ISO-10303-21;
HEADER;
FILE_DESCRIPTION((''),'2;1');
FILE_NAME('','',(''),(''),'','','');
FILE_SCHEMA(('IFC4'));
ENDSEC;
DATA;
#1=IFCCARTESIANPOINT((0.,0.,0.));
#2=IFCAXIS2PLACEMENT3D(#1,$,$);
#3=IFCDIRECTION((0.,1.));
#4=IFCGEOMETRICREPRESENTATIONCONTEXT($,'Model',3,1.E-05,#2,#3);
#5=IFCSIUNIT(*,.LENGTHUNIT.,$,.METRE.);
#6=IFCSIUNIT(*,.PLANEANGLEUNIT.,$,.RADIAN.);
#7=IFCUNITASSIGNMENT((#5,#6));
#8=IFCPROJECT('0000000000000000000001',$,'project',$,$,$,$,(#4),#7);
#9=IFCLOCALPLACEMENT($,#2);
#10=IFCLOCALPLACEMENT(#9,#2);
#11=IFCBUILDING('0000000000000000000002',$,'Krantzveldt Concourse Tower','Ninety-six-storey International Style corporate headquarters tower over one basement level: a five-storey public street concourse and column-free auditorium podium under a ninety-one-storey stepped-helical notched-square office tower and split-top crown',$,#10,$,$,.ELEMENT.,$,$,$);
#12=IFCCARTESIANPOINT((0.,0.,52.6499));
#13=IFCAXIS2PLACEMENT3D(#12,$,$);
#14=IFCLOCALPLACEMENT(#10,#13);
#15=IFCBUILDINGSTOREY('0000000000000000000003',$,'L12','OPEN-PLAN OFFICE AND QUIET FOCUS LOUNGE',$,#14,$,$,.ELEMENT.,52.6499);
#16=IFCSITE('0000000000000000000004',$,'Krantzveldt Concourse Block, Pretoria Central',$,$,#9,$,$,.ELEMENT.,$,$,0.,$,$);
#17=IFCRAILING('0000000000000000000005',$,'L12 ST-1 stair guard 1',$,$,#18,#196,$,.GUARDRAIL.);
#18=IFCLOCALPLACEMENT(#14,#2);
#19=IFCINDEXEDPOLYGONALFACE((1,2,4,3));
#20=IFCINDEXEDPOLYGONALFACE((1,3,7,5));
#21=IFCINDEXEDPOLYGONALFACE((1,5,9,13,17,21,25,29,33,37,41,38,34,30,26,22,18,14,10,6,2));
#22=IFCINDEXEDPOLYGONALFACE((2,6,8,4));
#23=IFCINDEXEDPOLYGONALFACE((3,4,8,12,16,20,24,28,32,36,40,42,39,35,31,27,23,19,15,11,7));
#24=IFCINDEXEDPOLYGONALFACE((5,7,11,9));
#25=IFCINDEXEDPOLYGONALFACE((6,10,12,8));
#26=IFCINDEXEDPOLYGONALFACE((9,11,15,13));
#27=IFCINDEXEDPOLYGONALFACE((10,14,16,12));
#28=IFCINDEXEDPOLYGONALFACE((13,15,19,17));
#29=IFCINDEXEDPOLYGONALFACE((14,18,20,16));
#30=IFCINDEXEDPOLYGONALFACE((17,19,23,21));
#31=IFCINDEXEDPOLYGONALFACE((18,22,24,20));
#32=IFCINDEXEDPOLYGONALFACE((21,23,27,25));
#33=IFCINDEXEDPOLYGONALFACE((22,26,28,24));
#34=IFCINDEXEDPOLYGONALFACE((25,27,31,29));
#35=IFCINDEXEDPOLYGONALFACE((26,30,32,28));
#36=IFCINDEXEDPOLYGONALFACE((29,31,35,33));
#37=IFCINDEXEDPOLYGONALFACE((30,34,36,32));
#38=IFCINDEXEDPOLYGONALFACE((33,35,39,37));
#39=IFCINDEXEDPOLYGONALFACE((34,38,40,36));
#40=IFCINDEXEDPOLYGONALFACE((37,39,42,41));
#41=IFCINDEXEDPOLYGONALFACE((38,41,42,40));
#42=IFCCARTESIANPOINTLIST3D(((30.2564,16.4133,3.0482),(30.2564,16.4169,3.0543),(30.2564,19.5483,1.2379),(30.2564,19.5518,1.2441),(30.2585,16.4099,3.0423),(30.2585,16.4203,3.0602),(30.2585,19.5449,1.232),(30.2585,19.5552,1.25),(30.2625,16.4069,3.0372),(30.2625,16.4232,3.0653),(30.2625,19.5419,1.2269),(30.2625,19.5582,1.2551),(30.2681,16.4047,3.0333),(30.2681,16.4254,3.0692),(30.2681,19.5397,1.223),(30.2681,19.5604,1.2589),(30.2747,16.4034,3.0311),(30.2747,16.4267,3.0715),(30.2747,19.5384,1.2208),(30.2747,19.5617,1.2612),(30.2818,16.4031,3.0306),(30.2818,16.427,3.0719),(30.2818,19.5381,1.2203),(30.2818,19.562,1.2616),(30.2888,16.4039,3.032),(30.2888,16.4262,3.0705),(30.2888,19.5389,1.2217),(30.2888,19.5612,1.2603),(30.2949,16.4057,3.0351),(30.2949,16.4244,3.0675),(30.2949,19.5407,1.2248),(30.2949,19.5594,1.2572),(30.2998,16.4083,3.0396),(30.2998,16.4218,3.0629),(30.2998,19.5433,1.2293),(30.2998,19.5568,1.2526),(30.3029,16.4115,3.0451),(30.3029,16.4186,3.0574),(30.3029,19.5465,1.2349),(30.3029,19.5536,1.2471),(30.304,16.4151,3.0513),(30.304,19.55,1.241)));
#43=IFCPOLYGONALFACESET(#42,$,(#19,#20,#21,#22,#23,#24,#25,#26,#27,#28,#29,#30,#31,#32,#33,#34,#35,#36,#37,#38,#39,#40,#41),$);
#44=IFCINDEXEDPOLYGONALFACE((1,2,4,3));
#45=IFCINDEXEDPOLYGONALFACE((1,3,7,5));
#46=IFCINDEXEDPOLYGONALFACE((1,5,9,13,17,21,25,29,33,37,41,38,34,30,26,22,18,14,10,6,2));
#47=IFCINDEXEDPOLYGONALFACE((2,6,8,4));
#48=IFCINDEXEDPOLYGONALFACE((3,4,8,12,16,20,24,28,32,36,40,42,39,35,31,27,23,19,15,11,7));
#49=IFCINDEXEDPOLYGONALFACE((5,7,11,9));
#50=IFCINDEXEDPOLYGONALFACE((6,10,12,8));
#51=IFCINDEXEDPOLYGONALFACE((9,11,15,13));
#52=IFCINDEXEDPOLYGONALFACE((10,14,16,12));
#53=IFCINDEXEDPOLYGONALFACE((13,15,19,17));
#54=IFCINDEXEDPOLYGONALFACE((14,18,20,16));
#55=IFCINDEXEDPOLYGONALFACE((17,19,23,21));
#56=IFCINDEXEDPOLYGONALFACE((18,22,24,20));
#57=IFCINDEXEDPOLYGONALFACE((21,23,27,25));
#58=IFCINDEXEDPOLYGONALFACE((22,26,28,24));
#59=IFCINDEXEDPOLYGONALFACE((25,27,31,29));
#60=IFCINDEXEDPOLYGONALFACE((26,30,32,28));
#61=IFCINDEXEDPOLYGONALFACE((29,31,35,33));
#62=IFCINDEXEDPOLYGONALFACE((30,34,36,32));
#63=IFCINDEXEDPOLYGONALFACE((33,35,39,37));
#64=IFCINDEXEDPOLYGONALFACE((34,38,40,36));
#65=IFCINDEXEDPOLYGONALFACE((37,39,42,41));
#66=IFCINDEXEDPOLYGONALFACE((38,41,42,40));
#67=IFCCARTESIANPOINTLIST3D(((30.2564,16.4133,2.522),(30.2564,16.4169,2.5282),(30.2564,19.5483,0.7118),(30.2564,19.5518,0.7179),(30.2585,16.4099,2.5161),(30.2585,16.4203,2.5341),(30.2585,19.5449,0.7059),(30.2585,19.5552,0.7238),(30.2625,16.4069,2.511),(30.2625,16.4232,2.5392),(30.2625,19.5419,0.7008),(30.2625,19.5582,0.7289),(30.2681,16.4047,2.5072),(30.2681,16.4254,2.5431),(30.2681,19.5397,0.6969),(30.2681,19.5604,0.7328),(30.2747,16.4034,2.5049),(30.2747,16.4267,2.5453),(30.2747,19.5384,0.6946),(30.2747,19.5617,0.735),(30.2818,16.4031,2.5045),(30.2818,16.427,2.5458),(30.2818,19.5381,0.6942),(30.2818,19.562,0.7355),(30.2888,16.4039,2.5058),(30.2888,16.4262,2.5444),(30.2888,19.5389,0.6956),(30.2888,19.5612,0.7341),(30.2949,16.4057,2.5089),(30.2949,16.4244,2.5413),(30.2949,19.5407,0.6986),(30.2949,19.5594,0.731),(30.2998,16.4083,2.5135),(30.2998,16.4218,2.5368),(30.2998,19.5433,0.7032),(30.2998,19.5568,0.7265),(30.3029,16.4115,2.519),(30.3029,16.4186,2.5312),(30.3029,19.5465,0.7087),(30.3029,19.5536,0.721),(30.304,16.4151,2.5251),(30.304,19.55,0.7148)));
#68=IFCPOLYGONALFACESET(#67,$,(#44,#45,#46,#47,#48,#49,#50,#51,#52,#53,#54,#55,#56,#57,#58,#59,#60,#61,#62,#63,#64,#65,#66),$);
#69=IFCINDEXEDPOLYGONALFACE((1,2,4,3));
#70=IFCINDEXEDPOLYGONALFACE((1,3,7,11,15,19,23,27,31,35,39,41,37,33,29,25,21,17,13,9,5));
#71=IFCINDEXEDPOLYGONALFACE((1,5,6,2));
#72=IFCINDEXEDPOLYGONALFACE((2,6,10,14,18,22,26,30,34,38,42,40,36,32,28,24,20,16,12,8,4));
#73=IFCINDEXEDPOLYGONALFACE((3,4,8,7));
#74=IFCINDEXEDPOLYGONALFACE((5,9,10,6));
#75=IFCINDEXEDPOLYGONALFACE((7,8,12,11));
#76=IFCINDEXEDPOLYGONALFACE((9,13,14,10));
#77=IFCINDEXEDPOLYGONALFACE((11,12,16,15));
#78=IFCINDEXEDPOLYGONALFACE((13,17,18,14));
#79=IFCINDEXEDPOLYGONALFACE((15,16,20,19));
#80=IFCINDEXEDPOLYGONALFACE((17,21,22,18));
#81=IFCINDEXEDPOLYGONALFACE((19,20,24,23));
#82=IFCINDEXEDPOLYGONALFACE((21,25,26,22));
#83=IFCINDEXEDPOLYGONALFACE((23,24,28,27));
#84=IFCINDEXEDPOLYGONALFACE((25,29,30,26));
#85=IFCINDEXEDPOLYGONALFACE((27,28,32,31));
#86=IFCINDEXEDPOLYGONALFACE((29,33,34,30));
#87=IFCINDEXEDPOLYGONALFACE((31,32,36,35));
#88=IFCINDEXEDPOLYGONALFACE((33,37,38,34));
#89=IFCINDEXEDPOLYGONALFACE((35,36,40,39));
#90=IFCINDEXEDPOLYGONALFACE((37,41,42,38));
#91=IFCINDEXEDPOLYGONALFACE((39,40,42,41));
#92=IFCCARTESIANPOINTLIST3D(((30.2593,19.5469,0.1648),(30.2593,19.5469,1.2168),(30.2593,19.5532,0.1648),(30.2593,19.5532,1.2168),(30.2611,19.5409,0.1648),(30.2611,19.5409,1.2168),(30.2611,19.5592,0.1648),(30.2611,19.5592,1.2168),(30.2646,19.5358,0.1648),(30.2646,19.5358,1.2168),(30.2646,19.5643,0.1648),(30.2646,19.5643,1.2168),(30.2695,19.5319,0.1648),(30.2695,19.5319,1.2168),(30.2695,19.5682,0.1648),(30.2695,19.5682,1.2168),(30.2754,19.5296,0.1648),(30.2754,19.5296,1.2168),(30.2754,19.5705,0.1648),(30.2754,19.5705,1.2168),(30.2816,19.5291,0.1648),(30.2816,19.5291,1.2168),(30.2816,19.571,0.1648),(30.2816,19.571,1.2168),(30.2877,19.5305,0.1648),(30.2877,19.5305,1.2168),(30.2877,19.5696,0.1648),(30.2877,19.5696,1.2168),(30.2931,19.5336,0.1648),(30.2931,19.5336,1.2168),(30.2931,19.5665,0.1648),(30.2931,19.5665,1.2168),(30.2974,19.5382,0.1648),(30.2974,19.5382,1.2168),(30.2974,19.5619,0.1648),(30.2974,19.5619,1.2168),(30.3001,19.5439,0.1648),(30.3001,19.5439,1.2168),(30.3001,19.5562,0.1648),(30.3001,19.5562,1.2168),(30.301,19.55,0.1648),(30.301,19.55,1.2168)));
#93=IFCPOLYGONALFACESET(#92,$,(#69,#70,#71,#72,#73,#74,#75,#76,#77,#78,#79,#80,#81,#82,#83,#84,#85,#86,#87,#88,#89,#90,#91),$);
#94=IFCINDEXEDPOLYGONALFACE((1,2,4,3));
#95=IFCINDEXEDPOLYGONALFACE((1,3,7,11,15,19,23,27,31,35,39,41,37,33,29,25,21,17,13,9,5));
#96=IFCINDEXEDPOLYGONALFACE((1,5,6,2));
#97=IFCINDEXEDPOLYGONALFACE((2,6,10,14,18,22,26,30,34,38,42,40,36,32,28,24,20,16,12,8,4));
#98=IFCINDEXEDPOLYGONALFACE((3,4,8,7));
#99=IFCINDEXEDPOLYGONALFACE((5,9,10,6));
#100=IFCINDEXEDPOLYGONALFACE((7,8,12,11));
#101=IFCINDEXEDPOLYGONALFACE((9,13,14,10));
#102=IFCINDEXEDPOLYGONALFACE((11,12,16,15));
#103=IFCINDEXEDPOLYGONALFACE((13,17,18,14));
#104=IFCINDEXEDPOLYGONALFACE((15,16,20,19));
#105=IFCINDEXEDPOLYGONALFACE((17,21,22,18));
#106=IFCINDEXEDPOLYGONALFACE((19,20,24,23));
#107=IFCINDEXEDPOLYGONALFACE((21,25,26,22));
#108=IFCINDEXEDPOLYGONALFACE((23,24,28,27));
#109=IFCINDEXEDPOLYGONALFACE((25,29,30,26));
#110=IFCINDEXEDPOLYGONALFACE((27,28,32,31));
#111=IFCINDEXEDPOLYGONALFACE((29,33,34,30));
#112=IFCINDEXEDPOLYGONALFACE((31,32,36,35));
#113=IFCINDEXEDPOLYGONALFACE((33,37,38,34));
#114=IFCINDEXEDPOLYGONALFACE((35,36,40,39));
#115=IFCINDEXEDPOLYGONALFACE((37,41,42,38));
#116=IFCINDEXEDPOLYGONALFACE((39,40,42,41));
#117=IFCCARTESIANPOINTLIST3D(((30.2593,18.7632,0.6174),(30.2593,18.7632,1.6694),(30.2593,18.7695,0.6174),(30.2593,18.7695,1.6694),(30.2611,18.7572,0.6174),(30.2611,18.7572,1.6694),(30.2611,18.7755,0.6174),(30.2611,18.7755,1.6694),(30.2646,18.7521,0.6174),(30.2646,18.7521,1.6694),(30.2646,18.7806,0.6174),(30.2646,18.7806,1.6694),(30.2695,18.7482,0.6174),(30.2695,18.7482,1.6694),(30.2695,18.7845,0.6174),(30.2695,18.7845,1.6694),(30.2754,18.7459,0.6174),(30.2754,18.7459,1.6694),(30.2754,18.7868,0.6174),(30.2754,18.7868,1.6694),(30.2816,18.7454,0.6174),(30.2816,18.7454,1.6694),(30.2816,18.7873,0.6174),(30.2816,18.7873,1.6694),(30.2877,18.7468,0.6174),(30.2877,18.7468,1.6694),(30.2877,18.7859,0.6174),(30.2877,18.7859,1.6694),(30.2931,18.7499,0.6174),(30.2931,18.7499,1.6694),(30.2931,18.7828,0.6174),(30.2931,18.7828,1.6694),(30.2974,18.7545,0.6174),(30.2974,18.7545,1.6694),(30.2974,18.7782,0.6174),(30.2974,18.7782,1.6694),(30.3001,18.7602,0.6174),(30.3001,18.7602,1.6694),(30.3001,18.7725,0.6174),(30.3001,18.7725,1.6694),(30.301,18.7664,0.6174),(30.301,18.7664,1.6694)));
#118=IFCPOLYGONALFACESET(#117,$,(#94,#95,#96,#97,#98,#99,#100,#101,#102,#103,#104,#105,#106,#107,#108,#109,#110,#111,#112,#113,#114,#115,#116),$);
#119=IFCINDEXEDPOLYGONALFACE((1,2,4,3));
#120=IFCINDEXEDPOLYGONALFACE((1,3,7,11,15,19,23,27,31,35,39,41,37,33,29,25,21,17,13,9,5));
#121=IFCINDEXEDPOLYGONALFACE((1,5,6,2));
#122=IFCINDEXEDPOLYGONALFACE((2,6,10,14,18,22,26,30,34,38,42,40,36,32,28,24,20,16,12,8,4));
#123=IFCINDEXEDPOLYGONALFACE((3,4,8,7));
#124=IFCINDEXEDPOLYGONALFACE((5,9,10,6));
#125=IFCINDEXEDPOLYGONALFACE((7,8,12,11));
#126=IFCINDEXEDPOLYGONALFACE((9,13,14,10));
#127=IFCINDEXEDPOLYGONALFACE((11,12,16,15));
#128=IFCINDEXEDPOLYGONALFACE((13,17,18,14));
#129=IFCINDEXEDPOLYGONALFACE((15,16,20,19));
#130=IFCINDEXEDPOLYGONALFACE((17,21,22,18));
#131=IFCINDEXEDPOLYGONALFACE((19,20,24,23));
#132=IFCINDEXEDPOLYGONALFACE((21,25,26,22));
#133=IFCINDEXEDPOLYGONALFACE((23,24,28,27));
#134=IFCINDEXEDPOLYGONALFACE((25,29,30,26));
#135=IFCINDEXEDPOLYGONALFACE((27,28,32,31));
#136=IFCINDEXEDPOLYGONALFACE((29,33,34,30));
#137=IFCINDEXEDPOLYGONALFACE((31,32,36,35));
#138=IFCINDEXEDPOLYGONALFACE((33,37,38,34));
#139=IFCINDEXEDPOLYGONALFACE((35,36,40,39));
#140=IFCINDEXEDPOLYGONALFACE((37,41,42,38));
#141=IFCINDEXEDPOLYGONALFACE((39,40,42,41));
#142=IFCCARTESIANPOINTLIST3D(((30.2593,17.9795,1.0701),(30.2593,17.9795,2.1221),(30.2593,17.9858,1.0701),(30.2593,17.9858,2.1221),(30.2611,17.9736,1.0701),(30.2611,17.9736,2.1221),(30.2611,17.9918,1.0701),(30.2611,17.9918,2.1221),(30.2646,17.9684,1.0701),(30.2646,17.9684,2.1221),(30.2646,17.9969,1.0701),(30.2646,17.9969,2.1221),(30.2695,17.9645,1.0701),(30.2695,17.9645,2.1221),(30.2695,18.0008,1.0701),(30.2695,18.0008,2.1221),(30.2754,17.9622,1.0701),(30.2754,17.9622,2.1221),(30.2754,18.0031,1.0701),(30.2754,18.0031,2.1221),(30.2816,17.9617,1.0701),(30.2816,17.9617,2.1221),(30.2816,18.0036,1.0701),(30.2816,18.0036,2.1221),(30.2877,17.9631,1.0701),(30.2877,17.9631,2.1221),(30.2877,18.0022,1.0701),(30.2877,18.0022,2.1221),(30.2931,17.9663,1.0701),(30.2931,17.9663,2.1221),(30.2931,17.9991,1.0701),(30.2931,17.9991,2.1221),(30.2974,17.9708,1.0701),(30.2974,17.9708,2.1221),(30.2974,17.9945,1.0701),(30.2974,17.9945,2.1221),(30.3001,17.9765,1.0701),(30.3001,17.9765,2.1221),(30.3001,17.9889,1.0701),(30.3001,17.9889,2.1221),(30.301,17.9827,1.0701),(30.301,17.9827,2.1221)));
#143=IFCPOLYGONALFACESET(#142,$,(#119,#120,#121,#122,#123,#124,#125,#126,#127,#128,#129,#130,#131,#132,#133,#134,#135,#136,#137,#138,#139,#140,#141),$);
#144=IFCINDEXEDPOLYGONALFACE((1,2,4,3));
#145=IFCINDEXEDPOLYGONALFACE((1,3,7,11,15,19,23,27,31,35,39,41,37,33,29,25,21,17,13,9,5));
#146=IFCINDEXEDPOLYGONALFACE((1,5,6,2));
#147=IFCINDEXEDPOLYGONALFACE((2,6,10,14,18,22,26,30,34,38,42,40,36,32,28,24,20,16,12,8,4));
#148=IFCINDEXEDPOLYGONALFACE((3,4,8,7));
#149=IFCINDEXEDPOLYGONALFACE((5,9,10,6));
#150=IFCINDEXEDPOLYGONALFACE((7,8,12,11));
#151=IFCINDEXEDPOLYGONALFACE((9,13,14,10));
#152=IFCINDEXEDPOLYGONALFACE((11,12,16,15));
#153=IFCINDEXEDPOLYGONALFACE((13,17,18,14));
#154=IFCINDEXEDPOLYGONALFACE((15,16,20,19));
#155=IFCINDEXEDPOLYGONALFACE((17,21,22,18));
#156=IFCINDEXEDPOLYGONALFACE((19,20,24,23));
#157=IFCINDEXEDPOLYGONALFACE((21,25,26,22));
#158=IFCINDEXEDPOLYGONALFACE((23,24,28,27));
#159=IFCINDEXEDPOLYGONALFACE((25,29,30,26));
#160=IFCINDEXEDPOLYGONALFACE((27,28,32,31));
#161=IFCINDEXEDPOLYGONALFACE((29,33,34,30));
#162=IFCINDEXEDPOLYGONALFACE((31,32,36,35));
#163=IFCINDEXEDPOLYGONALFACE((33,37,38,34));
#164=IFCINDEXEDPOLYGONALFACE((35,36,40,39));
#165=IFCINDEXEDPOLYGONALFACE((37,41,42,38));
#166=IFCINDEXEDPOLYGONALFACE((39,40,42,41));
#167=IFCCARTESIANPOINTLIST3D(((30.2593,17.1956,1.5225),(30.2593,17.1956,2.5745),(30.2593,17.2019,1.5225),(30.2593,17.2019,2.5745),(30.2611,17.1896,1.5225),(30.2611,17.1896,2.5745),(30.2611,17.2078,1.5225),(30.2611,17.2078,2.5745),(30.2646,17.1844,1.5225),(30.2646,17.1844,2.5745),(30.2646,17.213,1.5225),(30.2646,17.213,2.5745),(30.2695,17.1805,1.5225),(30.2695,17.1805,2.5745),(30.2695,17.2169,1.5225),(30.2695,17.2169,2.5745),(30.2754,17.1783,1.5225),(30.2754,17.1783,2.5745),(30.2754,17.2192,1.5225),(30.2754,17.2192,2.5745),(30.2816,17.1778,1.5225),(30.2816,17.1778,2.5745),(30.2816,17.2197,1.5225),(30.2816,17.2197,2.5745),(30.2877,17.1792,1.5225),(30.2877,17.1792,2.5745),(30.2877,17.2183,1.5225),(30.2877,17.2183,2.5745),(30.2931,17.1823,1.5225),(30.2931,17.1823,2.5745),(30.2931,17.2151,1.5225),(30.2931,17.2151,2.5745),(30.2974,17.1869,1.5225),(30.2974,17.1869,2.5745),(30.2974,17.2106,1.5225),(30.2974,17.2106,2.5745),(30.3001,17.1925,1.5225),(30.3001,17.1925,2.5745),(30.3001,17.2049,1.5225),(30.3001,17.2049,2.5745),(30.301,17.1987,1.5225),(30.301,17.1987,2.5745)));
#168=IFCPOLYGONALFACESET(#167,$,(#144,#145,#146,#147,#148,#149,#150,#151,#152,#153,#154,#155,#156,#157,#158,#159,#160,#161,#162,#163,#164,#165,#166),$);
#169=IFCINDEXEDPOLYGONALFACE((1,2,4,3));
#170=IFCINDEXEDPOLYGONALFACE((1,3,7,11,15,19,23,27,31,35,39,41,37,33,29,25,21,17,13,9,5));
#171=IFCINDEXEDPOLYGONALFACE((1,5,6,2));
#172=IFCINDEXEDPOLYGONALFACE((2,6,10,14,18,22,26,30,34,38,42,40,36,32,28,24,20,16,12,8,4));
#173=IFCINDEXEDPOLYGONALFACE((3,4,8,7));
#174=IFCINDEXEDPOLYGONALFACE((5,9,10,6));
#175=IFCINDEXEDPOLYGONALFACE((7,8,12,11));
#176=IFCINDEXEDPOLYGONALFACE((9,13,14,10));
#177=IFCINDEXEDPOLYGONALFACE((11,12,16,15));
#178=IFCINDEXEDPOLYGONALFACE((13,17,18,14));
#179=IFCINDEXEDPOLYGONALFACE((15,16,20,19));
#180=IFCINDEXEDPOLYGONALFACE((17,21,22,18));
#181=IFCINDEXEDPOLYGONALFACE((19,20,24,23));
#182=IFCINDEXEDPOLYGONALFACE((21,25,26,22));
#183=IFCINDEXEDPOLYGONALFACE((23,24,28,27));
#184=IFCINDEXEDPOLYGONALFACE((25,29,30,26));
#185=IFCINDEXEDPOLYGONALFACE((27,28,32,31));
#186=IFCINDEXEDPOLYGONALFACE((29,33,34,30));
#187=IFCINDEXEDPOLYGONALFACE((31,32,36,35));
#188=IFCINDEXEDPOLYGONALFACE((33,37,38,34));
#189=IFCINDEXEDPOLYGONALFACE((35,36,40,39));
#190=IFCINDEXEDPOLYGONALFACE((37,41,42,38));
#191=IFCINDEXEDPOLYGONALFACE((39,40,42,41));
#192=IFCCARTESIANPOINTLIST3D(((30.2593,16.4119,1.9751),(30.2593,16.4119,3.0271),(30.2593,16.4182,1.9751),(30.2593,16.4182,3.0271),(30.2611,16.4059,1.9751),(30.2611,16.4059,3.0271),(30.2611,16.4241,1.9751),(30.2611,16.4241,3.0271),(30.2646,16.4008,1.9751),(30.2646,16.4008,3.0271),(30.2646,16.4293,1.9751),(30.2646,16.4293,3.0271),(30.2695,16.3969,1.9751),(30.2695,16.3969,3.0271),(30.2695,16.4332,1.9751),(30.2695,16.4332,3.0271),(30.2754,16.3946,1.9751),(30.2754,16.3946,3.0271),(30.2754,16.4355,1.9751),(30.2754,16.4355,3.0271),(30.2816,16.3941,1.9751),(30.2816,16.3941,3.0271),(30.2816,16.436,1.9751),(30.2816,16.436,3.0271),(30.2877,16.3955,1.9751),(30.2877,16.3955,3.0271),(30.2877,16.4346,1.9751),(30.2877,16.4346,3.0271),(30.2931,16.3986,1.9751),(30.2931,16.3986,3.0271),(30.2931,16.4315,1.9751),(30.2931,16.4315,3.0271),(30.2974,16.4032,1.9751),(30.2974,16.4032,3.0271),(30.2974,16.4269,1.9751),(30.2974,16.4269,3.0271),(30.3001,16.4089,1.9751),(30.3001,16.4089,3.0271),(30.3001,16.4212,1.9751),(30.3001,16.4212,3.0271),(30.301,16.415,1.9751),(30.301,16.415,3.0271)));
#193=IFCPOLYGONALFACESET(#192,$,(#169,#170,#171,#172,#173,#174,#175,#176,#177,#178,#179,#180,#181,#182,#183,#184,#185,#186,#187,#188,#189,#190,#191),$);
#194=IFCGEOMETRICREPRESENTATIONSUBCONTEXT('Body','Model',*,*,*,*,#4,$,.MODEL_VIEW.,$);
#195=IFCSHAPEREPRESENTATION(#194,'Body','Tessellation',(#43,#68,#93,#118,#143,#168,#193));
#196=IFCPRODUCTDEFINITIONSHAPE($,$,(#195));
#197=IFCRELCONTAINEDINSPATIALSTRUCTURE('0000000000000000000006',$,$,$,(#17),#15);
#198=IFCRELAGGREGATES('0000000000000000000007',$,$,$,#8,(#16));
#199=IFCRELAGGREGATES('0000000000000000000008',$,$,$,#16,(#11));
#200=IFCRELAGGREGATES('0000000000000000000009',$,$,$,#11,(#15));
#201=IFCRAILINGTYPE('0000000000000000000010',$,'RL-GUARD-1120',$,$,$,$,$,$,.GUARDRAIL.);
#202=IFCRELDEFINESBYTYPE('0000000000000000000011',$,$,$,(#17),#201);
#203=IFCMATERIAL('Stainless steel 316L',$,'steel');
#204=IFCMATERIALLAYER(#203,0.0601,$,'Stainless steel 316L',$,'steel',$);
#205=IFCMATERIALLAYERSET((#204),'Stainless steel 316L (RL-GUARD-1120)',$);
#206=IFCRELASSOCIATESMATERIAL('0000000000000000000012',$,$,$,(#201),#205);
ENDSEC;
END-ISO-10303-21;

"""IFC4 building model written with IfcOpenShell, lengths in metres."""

from ifc_helpers import new_model, si_unit, direction, frame, origin, origin_2d, place, context, subcontext, project, spatial, circle, extrude, material, layer, layer_set, type_object, element, save


model = new_model("IFC4")

# Units and contexts
model_context = context("Model", 3, precision=1e-05, world=origin(), true_north=direction((0.0, 1.0)))
body_context = subcontext(model_context, "Body", "Model", "MODEL_VIEW")
ifc_project = project(units=[si_unit("LENGTHUNIT", "METRE"), si_unit("PLANEANGLEUNIT", "RADIAN")], contexts=[model_context])

# Site, building, storey
site_placement = place(None, origin())
site = spatial("IfcSite", under=ifc_project, at=site_placement, Name="Krantzveldt Concourse Block, Pretoria Central", CompositionType="ELEMENT", RefElevation=0.0)
building_placement = place(site_placement, origin())
building = spatial("IfcBuilding", under=site, at=building_placement, Name="Krantzveldt Concourse Tower", Description="Ninety-six-storey International Style corporate headquarters tower over one basement level: a five-storey public street concourse and column-free auditorium podium under a ninety-one-storey stepped-helical notched-square office tower and split-top crown", CompositionType="ELEMENT")
storey_placement = place(building_placement, frame((0.0, 0.0, 52.6499)))
storey = spatial("IfcBuildingStorey", under=building, at=storey_placement, Name="L12", Description="OPEN-PLAN OFFICE AND QUIET FOCUS LOUNGE", CompositionType="ELEMENT", Elevation=52.6499)

# Railing
ifc_material_1 = material(Name="Stainless steel 316L", Category="steel")
ifc_layer_1 = layer(ifc_material_1, 0.0601, Name="Stainless steel 316L", Category="steel")
ifc_layer_set_1 = layer_set([ifc_layer_1], Name="Stainless steel 316L (RL-GUARD-1120)")
railing_type_1 = type_object("IfcRailingType", Name="RL-GUARD-1120", PredefinedType="GUARDRAIL", material=ifc_layer_set_1)
railing_1_placement = place(storey_placement, frame((30.28, 19.55, 0.1648)))
element("IfcRailing", 1, at=railing_1_placement, inside=storey, type_object=railing_type_1, Name="L12 ST-1 stair guard 1", PredefinedType="GUARDRAIL", context=body_context, shape_type="SweptSolid", body=[
    extrude(circle(Radius=0.0239, at=origin_2d()), frame((0.0, 0.0, 1.0762), z_axis=(0.0, -0.865989, 0.500063), x_axis=(1.0, 0.0, 0.0)), (0.0, 0.0, 1.0), 3.6201),
    extrude(circle(Radius=0.0239, at=origin_2d()), frame((0.0, 0.0, 0.55), z_axis=(0.0, -0.865989, 0.500063), x_axis=(1.0, 0.0, 0.0)), (0.0, 0.0, 1.0), 3.6201),
    extrude(circle(Radius=0.021, at=origin_2d()), origin(), (0.0, 0.0, 1.0), 1.052),
    extrude(circle(Radius=0.021, at=origin_2d()), frame((0.0, -0.7837, 0.4526)), (0.0, 0.0, 1.0), 1.052),
    extrude(circle(Radius=0.021, at=origin_2d()), frame((0.0, -1.5674, 0.9053)), (0.0, 0.0, 1.0), 1.052),
    extrude(circle(Radius=0.021, at=origin_2d()), frame((0.0, -2.3513, 1.3577)), (0.0, 0.0, 1.0), 1.052),
    extrude(circle(Radius=0.021, at=origin_2d()), frame((0.0, -3.135, 1.8103)), (0.0, 0.0, 1.0), 1.052),
])

save(model, "model.ifc")
